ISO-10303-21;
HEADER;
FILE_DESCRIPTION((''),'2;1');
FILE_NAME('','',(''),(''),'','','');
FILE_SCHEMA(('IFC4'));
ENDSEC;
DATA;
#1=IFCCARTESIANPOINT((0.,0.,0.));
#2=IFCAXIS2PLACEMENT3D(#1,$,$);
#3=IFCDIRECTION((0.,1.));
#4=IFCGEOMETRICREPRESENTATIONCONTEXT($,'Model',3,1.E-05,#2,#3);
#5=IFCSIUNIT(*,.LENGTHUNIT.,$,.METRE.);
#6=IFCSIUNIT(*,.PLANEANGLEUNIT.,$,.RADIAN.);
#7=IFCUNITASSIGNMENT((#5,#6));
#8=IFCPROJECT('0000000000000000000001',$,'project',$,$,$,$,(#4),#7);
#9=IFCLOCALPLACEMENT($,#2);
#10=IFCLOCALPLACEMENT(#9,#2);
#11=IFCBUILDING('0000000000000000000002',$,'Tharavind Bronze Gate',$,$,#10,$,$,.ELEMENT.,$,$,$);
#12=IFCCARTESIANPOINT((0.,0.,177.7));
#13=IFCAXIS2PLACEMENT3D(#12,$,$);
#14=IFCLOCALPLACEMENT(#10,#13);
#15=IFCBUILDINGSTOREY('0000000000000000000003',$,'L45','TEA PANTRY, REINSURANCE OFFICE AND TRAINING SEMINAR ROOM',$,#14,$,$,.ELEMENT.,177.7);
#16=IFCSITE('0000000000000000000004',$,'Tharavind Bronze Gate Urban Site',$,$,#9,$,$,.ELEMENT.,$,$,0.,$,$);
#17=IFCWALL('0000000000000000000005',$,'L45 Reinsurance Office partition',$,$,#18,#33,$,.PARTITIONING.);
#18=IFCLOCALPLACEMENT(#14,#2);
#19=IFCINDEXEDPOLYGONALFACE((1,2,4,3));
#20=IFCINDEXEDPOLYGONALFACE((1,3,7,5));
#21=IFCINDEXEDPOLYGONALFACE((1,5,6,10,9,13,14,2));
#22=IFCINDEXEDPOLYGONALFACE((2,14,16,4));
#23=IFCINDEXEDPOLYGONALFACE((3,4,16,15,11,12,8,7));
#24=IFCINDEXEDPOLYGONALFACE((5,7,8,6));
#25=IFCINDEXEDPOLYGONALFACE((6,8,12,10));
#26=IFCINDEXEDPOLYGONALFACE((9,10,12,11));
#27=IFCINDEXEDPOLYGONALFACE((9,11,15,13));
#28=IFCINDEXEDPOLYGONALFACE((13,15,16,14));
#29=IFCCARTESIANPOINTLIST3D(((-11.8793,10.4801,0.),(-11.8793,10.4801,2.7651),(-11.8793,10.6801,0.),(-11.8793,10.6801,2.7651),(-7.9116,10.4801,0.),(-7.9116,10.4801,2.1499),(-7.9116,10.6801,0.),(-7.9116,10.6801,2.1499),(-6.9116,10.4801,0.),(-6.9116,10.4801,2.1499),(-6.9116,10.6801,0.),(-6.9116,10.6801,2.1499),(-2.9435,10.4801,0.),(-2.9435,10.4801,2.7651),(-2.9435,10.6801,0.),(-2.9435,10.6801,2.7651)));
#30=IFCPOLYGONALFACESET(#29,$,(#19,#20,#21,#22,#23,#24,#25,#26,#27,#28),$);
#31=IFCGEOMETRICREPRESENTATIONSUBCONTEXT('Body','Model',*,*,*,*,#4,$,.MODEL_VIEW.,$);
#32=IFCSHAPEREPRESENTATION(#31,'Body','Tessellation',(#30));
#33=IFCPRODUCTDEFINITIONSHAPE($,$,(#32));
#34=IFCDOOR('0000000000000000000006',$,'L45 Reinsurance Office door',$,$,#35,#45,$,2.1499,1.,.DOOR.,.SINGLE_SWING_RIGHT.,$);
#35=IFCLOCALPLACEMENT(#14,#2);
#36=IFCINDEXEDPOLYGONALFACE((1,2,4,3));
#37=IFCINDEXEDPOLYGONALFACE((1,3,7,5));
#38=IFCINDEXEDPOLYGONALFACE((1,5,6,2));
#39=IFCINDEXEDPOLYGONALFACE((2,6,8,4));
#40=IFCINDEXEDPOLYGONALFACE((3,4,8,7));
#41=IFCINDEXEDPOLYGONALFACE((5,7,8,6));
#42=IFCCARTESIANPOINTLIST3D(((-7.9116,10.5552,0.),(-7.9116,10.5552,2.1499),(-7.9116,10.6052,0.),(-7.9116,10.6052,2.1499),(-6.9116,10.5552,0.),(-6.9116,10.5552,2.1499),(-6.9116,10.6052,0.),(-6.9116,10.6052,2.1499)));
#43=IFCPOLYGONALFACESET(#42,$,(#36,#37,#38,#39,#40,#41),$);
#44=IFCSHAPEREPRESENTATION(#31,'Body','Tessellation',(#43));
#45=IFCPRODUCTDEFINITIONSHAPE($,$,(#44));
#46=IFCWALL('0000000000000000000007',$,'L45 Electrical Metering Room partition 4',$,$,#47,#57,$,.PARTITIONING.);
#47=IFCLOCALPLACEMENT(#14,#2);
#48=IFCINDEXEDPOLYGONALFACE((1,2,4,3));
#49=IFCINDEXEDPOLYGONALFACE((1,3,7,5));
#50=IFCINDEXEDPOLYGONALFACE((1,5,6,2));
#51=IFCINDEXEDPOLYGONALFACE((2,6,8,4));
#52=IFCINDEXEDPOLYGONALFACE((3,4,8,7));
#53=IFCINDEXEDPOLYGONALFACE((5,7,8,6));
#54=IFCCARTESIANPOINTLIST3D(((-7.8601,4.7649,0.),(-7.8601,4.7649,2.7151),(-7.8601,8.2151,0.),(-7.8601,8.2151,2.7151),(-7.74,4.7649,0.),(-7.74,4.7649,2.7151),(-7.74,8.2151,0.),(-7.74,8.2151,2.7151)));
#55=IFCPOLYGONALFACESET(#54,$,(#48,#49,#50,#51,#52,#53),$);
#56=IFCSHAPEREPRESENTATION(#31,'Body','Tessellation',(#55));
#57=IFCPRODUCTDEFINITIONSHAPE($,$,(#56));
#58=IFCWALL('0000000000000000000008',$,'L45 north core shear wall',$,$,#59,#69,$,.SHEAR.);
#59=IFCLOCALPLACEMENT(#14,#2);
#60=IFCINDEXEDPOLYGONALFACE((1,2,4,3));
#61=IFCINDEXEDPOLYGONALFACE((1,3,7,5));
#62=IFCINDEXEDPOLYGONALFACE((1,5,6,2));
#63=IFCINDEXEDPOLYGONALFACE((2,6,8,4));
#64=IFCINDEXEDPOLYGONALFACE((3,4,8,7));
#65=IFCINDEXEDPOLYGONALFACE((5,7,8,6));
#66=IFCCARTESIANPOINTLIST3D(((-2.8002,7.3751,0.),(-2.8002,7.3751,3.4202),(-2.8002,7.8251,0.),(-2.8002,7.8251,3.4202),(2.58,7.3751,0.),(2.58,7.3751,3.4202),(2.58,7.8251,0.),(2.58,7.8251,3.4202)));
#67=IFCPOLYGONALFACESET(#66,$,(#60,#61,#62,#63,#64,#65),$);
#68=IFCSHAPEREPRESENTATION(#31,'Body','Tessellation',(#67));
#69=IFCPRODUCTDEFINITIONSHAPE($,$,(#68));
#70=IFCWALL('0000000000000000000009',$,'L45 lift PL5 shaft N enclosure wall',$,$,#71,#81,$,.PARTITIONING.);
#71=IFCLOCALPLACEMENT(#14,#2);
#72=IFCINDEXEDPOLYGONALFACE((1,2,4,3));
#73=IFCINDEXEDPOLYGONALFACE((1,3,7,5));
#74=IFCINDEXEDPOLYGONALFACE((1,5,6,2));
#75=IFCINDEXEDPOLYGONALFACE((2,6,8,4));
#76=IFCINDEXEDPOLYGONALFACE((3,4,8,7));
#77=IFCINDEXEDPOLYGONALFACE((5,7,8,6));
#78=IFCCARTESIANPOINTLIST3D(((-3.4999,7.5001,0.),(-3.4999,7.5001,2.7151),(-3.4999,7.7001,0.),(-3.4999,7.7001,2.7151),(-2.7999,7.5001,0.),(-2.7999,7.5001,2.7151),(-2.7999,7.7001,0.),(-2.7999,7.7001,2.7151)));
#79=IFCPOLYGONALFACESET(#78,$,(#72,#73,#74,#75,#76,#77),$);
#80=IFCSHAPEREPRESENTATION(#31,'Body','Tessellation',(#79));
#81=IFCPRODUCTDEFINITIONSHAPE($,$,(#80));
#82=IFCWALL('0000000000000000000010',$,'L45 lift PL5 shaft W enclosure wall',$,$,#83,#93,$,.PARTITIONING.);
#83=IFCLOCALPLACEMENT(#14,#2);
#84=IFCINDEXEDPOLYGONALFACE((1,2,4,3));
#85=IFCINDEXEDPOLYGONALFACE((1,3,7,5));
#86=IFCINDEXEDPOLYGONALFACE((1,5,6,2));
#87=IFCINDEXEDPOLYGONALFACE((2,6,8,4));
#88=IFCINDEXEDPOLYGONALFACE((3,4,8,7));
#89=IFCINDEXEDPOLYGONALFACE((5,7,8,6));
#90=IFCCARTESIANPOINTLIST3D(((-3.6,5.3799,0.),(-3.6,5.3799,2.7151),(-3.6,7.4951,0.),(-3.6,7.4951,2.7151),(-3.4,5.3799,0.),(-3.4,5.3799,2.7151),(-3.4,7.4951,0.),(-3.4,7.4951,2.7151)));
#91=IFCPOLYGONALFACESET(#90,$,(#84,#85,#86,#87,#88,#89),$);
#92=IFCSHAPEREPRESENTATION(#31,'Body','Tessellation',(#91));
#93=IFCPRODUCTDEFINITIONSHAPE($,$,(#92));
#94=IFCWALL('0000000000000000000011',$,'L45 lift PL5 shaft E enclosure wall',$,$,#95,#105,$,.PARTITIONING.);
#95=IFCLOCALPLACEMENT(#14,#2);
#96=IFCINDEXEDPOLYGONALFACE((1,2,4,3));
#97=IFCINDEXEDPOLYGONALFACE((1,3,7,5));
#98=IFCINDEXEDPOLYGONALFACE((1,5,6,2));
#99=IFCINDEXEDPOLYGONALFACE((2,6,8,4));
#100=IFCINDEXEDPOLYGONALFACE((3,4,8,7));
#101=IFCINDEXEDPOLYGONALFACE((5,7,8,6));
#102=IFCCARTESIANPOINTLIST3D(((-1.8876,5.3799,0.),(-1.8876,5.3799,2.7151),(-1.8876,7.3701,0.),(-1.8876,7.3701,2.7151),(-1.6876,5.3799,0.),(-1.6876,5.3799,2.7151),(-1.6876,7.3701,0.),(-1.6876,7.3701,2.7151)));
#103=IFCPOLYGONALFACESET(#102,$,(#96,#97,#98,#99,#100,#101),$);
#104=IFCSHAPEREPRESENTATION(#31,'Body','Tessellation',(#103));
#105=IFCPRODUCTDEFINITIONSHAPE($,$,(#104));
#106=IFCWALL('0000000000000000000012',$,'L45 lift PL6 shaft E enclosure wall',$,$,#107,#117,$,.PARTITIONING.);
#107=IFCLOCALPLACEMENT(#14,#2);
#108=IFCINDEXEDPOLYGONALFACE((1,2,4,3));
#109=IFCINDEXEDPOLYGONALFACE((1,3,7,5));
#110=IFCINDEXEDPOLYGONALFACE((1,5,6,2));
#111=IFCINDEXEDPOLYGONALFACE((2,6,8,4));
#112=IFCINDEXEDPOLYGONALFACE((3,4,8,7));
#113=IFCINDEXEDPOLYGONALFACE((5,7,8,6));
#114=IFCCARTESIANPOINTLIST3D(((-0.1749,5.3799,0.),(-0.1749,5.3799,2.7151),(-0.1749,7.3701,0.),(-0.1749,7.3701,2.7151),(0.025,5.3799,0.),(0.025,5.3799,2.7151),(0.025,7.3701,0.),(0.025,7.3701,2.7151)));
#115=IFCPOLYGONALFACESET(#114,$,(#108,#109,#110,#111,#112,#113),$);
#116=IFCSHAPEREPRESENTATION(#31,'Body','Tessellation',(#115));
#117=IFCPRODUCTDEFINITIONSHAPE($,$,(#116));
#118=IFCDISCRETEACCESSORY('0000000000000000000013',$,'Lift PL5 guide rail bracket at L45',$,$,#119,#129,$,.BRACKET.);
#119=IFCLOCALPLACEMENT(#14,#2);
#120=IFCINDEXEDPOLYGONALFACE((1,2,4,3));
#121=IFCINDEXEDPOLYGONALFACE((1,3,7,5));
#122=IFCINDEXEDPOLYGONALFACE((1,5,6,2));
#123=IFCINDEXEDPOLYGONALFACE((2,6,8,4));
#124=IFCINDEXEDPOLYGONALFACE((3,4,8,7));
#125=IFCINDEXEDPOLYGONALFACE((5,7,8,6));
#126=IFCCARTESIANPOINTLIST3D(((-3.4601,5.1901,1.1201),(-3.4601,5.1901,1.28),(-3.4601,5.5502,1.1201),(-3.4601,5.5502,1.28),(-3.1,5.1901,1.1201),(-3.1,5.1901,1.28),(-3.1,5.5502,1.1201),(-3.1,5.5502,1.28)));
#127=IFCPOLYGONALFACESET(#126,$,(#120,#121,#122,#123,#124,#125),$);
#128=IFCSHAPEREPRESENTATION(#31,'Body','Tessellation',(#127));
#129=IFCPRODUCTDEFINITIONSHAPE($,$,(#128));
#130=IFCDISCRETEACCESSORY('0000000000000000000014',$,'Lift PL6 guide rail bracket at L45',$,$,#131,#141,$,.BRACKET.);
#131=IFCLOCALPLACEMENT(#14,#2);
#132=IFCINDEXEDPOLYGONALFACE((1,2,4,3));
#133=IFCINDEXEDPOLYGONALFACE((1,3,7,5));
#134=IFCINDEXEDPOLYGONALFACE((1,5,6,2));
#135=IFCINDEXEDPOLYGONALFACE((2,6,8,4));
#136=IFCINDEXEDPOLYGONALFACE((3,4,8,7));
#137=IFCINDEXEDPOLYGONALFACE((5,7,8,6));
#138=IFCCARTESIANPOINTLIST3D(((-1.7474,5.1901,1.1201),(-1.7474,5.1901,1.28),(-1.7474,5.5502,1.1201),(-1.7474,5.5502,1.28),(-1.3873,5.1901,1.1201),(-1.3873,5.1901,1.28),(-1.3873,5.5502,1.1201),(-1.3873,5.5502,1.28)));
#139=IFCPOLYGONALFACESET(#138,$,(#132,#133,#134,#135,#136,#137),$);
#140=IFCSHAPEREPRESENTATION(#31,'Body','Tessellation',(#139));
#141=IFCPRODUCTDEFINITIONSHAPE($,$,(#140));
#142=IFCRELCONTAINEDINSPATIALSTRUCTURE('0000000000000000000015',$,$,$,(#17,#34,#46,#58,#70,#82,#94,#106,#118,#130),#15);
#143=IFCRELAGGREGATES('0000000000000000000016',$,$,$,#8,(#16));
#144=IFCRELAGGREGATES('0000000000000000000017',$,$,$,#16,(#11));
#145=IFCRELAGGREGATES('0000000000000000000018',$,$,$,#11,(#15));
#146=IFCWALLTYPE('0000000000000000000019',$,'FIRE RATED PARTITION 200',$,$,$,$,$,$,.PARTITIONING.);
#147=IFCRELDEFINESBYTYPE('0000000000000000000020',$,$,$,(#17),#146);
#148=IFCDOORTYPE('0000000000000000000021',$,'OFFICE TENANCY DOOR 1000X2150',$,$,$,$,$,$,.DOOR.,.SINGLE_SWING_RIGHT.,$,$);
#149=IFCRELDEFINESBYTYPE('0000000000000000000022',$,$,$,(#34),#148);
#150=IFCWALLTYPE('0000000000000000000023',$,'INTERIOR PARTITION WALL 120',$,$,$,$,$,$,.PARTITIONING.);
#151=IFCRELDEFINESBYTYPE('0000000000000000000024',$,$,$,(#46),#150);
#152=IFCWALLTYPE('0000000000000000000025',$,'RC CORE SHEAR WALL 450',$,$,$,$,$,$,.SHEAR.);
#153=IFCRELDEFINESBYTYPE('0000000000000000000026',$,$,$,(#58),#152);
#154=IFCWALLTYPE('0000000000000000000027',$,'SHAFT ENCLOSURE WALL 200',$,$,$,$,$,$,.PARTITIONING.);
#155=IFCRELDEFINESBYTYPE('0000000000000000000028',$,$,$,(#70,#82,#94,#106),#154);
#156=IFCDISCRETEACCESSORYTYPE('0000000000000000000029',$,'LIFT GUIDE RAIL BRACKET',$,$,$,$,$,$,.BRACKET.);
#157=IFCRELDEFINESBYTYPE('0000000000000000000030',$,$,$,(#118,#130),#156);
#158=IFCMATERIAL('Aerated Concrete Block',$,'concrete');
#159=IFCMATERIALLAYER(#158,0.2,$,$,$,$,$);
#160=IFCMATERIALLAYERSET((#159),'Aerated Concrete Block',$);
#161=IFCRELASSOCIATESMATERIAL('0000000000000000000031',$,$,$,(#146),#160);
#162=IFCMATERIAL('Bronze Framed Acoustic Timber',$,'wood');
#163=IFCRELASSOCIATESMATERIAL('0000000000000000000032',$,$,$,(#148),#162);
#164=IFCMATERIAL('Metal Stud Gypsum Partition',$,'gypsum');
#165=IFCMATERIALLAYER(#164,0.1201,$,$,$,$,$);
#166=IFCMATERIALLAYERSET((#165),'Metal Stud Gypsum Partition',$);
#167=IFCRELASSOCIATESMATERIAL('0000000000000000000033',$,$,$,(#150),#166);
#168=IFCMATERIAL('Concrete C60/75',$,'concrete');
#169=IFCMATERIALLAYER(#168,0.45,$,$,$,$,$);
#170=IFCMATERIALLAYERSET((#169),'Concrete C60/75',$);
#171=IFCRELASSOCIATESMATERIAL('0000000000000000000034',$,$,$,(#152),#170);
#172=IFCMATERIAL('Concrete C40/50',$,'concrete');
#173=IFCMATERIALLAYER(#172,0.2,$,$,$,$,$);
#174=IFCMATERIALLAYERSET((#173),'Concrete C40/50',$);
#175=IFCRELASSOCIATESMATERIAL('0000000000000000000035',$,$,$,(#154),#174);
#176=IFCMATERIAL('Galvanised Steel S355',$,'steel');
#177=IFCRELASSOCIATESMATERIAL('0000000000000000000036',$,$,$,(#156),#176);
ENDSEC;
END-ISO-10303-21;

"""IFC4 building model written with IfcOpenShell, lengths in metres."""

from ifc_helpers import new_model, si_unit, direction, frame, frame_2d, origin, origin_2d, place, context, subcontext, project, spatial, rectangle, extrude, material, layer, layer_set, type_object, element, fill, save


model = new_model("IFC4")

# Units and contexts
model_context = context("Model", 3, precision=1e-05, world=origin(), true_north=direction((0.0, 1.0)))
body_context = subcontext(model_context, "Body", "Model", "MODEL_VIEW")
ifc_project = project(units=[si_unit("LENGTHUNIT", "METRE"), si_unit("PLANEANGLEUNIT", "RADIAN")], contexts=[model_context])

# Site, building, storey
site_placement = place(None, origin())
site = spatial("IfcSite", under=ifc_project, at=site_placement, Name="Tharavind Bronze Gate Urban Site", CompositionType="ELEMENT", RefElevation=0.0)
building_placement = place(site_placement, origin())
building = spatial("IfcBuilding", under=site, at=building_placement, Name="Tharavind Bronze Gate", CompositionType="ELEMENT")
storey_placement = place(building_placement, frame((0.0, 0.0, 177.7)))
storey = spatial("IfcBuildingStorey", under=building, at=storey_placement, Name="L45", Description="TEA PANTRY, REINSURANCE OFFICE AND TRAINING SEMINAR ROOM", CompositionType="ELEMENT", Elevation=177.7)

# Shared definitions
ifc_material_1 = material(Name="Aerated Concrete Block", Category="concrete")
ifc_layer_1 = layer(ifc_material_1, 0.2)
ifc_layer_set_1 = layer_set([ifc_layer_1], Name="Aerated Concrete Block")
wall_type_1 = type_object("IfcWallType", Name="FIRE RATED PARTITION 200", PredefinedType="PARTITIONING", material=ifc_layer_set_1)

# Wall, opening, door
wall_1_placement = place(storey_placement, frame((-2.9436, 10.5801, 0.0), z_axis=(0.0, 0.0, 1.0), x_axis=(-1.0, 0.0, 0.0)))
wall_1 = element("IfcWall", 1, at=wall_1_placement, inside=storey, type_object=wall_type_1, Name="L45 Reinsurance Office partition", PredefinedType="PARTITIONING", context=body_context, shape_type="SweptSolid", body=[
    extrude(rectangle(XDim=8.9358, YDim=0.2, at=frame_2d((4.4678, 0.0))), origin(), (0.0, 0.0, 1.0), 2.7651),
])
opening_placement = place(wall_1_placement, frame((3.968, 0.0, 0.0)))
opening = element("IfcOpeningElement", 2, at=opening_placement, cuts=wall_1, PredefinedType="OPENING", context=body_context, shape_type="SweptSolid", body=[
    extrude(rectangle(XDim=1.0, YDim=2.1499, at=frame_2d((0.5, 1.075))), frame((0.0, 0.1101, 0.0), z_axis=(0.0, -1.0, 0.0), x_axis=(1.0, 0.0, 0.0)), (0.0, 0.0, 1.0), 0.22),
])
ifc_material_2 = material(Name="Bronze Framed Acoustic Timber", Category="wood")
door_type = type_object("IfcDoorType", Name="OFFICE TENANCY DOOR 1000X2150", OperationType="SINGLE_SWING_RIGHT", PredefinedType="DOOR", material=ifc_material_2)
door_placement = place(opening_placement, origin())
door = element("IfcDoor", 3, at=door_placement, inside=storey, type_object=door_type, Name="L45 Reinsurance Office door", OperationType="SINGLE_SWING_RIGHT", OverallHeight=2.1499, OverallWidth=1.0, PredefinedType="DOOR", context=body_context, shape_type="SweptSolid", body=[
    extrude(rectangle(XDim=1.0, YDim=2.1499, at=frame_2d((0.5, 1.075))), frame((0.0, 0.0249, 0.0), z_axis=(0.0, -1.0, 0.0), x_axis=(1.0, 0.0, 0.0)), (0.0, 0.0, 1.0), 0.05),
])
fill(opening, door)

# Walls
ifc_material_3 = material(Name="Metal Stud Gypsum Partition", Category="gypsum")
ifc_layer_2 = layer(ifc_material_3, 0.1201)
ifc_layer_set_2 = layer_set([ifc_layer_2], Name="Metal Stud Gypsum Partition")
wall_type_2 = type_object("IfcWallType", Name="INTERIOR PARTITION WALL 120", PredefinedType="PARTITIONING", material=ifc_layer_set_2)
wall_2_placement = place(storey_placement, frame((-7.8, 8.2151, 0.0), z_axis=(0.0, 0.0, 1.0), x_axis=(0.0, -1.0, 0.0)))
element("IfcWall", 4, at=wall_2_placement, inside=storey, type_object=wall_type_2, Name="L45 Electrical Metering Room partition 4", PredefinedType="PARTITIONING", context=body_context, shape_type="SweptSolid", body=[
    extrude(rectangle(XDim=3.4502, YDim=0.1201, at=frame_2d((1.7251, 0.0))), origin(), (0.0, 0.0, 1.0), 2.7151),
])
ifc_material_4 = material(Name="Concrete C60/75", Category="concrete")
ifc_layer_3 = layer(ifc_material_4, 0.45)
ifc_layer_set_3 = layer_set([ifc_layer_3], Name="Concrete C60/75")
wall_type_3 = type_object("IfcWallType", Name="RC CORE SHEAR WALL 450", PredefinedType="SHEAR", material=ifc_layer_set_3)
wall_3_placement = place(storey_placement, frame((-2.8, 7.6001, 0.0), z_axis=(0.0, 0.0, 1.0), x_axis=(1.0, 0.0, 0.0)))
element("IfcWall", 5, at=wall_3_placement, inside=storey, type_object=wall_type_3, Name="L45 north core shear wall", PredefinedType="SHEAR", context=body_context, shape_type="SweptSolid", body=[
    extrude(rectangle(XDim=5.3801, YDim=0.45, at=frame_2d((2.6899, 0.0))), origin(), (0.0, 0.0, 1.0), 3.4202),
])
ifc_material_5 = material(Name="Concrete C40/50", Category="concrete")
ifc_layer_4 = layer(ifc_material_5, 0.2)
ifc_layer_set_4 = layer_set([ifc_layer_4], Name="Concrete C40/50")
wall_type_4 = type_object("IfcWallType", Name="SHAFT ENCLOSURE WALL 200", PredefinedType="PARTITIONING", material=ifc_layer_set_4)
wall_4_placement = place(storey_placement, frame((-3.5, 7.6001, 0.0), z_axis=(0.0, 0.0, 1.0), x_axis=(1.0, 0.0, 0.0)))
element("IfcWall", 6, at=wall_4_placement, inside=storey, type_object=wall_type_4, Name="L45 lift PL5 shaft N enclosure wall", PredefinedType="PARTITIONING", context=body_context, shape_type="SweptSolid", body=[
    extrude(rectangle(XDim=0.7, YDim=0.2, at=frame_2d((0.3501, 0.0))), origin(), (0.0, 0.0, 1.0), 2.7151),
])
wall_5_placement = place(storey_placement, frame((-3.5, 5.3799, 0.0), z_axis=(0.0, 0.0, 1.0), x_axis=(0.0, 1.0, 0.0)))
element("IfcWall", 7, at=wall_5_placement, inside=storey, type_object=wall_type_4, Name="L45 lift PL5 shaft W enclosure wall", PredefinedType="PARTITIONING", context=body_context, shape_type="SweptSolid", body=[
    extrude(rectangle(XDim=2.1152, YDim=0.2, at=frame_2d((1.0576, 0.0))), origin(), (0.0, 0.0, 1.0), 2.7151),
])
for number, where, z_axis, x_axis, name in (
    (8, (-1.7876, 5.3799, 0.0), (0.0, 0.0, 1.0), (0.0, 1.0, 0.0), "L45 lift PL5 shaft E enclosure wall"),
    (9, (-0.075, 5.3799, 0.0), (0.0, 0.0, 1.0), (0.0, 1.0, 0.0), "L45 lift PL6 shaft E enclosure wall"),
):
    element("IfcWall", number, at=place(storey_placement, frame(where, z_axis=z_axis, x_axis=x_axis)), inside=storey, type_object=wall_type_4, Name=name, PredefinedType="PARTITIONING", context=body_context, shape_type="SweptSolid", body=[
        extrude(rectangle(XDim=1.9902, YDim=0.2, at=frame_2d((0.9951, 0.0))), origin(), (0.0, 0.0, 1.0), 2.7151),
    ])

# Discrete accessories
ifc_material_6 = material(Name="Galvanised Steel S355", Category="steel")
discrete_accessory_type = type_object("IfcDiscreteAccessoryType", Name="LIFT GUIDE RAIL BRACKET", PredefinedType="BRACKET", material=ifc_material_6)
for number, where, z_axis, x_axis, name in (
    (10, (-3.28, 5.3701, 1.1201), (0.0, 0.0, 1.0), (1.0, 0.0, 0.0), "Lift PL5 guide rail bracket at L45"),
    (11, (-1.5674, 5.3701, 1.1201), (0.0, 0.0, 1.0), (1.0, 0.0, 0.0), "Lift PL6 guide rail bracket at L45"),
):
    element("IfcDiscreteAccessory", number, at=place(storey_placement, frame(where, z_axis=z_axis, x_axis=x_axis)), inside=storey, type_object=discrete_accessory_type, Name=name, PredefinedType="BRACKET", context=body_context, shape_type="SweptSolid", body=[
        extrude(rectangle(XDim=0.3601, YDim=0.3601, at=origin_2d()), origin(), (0.0, 0.0, 1.0), 0.1599),
    ])

save(model, "model.ifc")
